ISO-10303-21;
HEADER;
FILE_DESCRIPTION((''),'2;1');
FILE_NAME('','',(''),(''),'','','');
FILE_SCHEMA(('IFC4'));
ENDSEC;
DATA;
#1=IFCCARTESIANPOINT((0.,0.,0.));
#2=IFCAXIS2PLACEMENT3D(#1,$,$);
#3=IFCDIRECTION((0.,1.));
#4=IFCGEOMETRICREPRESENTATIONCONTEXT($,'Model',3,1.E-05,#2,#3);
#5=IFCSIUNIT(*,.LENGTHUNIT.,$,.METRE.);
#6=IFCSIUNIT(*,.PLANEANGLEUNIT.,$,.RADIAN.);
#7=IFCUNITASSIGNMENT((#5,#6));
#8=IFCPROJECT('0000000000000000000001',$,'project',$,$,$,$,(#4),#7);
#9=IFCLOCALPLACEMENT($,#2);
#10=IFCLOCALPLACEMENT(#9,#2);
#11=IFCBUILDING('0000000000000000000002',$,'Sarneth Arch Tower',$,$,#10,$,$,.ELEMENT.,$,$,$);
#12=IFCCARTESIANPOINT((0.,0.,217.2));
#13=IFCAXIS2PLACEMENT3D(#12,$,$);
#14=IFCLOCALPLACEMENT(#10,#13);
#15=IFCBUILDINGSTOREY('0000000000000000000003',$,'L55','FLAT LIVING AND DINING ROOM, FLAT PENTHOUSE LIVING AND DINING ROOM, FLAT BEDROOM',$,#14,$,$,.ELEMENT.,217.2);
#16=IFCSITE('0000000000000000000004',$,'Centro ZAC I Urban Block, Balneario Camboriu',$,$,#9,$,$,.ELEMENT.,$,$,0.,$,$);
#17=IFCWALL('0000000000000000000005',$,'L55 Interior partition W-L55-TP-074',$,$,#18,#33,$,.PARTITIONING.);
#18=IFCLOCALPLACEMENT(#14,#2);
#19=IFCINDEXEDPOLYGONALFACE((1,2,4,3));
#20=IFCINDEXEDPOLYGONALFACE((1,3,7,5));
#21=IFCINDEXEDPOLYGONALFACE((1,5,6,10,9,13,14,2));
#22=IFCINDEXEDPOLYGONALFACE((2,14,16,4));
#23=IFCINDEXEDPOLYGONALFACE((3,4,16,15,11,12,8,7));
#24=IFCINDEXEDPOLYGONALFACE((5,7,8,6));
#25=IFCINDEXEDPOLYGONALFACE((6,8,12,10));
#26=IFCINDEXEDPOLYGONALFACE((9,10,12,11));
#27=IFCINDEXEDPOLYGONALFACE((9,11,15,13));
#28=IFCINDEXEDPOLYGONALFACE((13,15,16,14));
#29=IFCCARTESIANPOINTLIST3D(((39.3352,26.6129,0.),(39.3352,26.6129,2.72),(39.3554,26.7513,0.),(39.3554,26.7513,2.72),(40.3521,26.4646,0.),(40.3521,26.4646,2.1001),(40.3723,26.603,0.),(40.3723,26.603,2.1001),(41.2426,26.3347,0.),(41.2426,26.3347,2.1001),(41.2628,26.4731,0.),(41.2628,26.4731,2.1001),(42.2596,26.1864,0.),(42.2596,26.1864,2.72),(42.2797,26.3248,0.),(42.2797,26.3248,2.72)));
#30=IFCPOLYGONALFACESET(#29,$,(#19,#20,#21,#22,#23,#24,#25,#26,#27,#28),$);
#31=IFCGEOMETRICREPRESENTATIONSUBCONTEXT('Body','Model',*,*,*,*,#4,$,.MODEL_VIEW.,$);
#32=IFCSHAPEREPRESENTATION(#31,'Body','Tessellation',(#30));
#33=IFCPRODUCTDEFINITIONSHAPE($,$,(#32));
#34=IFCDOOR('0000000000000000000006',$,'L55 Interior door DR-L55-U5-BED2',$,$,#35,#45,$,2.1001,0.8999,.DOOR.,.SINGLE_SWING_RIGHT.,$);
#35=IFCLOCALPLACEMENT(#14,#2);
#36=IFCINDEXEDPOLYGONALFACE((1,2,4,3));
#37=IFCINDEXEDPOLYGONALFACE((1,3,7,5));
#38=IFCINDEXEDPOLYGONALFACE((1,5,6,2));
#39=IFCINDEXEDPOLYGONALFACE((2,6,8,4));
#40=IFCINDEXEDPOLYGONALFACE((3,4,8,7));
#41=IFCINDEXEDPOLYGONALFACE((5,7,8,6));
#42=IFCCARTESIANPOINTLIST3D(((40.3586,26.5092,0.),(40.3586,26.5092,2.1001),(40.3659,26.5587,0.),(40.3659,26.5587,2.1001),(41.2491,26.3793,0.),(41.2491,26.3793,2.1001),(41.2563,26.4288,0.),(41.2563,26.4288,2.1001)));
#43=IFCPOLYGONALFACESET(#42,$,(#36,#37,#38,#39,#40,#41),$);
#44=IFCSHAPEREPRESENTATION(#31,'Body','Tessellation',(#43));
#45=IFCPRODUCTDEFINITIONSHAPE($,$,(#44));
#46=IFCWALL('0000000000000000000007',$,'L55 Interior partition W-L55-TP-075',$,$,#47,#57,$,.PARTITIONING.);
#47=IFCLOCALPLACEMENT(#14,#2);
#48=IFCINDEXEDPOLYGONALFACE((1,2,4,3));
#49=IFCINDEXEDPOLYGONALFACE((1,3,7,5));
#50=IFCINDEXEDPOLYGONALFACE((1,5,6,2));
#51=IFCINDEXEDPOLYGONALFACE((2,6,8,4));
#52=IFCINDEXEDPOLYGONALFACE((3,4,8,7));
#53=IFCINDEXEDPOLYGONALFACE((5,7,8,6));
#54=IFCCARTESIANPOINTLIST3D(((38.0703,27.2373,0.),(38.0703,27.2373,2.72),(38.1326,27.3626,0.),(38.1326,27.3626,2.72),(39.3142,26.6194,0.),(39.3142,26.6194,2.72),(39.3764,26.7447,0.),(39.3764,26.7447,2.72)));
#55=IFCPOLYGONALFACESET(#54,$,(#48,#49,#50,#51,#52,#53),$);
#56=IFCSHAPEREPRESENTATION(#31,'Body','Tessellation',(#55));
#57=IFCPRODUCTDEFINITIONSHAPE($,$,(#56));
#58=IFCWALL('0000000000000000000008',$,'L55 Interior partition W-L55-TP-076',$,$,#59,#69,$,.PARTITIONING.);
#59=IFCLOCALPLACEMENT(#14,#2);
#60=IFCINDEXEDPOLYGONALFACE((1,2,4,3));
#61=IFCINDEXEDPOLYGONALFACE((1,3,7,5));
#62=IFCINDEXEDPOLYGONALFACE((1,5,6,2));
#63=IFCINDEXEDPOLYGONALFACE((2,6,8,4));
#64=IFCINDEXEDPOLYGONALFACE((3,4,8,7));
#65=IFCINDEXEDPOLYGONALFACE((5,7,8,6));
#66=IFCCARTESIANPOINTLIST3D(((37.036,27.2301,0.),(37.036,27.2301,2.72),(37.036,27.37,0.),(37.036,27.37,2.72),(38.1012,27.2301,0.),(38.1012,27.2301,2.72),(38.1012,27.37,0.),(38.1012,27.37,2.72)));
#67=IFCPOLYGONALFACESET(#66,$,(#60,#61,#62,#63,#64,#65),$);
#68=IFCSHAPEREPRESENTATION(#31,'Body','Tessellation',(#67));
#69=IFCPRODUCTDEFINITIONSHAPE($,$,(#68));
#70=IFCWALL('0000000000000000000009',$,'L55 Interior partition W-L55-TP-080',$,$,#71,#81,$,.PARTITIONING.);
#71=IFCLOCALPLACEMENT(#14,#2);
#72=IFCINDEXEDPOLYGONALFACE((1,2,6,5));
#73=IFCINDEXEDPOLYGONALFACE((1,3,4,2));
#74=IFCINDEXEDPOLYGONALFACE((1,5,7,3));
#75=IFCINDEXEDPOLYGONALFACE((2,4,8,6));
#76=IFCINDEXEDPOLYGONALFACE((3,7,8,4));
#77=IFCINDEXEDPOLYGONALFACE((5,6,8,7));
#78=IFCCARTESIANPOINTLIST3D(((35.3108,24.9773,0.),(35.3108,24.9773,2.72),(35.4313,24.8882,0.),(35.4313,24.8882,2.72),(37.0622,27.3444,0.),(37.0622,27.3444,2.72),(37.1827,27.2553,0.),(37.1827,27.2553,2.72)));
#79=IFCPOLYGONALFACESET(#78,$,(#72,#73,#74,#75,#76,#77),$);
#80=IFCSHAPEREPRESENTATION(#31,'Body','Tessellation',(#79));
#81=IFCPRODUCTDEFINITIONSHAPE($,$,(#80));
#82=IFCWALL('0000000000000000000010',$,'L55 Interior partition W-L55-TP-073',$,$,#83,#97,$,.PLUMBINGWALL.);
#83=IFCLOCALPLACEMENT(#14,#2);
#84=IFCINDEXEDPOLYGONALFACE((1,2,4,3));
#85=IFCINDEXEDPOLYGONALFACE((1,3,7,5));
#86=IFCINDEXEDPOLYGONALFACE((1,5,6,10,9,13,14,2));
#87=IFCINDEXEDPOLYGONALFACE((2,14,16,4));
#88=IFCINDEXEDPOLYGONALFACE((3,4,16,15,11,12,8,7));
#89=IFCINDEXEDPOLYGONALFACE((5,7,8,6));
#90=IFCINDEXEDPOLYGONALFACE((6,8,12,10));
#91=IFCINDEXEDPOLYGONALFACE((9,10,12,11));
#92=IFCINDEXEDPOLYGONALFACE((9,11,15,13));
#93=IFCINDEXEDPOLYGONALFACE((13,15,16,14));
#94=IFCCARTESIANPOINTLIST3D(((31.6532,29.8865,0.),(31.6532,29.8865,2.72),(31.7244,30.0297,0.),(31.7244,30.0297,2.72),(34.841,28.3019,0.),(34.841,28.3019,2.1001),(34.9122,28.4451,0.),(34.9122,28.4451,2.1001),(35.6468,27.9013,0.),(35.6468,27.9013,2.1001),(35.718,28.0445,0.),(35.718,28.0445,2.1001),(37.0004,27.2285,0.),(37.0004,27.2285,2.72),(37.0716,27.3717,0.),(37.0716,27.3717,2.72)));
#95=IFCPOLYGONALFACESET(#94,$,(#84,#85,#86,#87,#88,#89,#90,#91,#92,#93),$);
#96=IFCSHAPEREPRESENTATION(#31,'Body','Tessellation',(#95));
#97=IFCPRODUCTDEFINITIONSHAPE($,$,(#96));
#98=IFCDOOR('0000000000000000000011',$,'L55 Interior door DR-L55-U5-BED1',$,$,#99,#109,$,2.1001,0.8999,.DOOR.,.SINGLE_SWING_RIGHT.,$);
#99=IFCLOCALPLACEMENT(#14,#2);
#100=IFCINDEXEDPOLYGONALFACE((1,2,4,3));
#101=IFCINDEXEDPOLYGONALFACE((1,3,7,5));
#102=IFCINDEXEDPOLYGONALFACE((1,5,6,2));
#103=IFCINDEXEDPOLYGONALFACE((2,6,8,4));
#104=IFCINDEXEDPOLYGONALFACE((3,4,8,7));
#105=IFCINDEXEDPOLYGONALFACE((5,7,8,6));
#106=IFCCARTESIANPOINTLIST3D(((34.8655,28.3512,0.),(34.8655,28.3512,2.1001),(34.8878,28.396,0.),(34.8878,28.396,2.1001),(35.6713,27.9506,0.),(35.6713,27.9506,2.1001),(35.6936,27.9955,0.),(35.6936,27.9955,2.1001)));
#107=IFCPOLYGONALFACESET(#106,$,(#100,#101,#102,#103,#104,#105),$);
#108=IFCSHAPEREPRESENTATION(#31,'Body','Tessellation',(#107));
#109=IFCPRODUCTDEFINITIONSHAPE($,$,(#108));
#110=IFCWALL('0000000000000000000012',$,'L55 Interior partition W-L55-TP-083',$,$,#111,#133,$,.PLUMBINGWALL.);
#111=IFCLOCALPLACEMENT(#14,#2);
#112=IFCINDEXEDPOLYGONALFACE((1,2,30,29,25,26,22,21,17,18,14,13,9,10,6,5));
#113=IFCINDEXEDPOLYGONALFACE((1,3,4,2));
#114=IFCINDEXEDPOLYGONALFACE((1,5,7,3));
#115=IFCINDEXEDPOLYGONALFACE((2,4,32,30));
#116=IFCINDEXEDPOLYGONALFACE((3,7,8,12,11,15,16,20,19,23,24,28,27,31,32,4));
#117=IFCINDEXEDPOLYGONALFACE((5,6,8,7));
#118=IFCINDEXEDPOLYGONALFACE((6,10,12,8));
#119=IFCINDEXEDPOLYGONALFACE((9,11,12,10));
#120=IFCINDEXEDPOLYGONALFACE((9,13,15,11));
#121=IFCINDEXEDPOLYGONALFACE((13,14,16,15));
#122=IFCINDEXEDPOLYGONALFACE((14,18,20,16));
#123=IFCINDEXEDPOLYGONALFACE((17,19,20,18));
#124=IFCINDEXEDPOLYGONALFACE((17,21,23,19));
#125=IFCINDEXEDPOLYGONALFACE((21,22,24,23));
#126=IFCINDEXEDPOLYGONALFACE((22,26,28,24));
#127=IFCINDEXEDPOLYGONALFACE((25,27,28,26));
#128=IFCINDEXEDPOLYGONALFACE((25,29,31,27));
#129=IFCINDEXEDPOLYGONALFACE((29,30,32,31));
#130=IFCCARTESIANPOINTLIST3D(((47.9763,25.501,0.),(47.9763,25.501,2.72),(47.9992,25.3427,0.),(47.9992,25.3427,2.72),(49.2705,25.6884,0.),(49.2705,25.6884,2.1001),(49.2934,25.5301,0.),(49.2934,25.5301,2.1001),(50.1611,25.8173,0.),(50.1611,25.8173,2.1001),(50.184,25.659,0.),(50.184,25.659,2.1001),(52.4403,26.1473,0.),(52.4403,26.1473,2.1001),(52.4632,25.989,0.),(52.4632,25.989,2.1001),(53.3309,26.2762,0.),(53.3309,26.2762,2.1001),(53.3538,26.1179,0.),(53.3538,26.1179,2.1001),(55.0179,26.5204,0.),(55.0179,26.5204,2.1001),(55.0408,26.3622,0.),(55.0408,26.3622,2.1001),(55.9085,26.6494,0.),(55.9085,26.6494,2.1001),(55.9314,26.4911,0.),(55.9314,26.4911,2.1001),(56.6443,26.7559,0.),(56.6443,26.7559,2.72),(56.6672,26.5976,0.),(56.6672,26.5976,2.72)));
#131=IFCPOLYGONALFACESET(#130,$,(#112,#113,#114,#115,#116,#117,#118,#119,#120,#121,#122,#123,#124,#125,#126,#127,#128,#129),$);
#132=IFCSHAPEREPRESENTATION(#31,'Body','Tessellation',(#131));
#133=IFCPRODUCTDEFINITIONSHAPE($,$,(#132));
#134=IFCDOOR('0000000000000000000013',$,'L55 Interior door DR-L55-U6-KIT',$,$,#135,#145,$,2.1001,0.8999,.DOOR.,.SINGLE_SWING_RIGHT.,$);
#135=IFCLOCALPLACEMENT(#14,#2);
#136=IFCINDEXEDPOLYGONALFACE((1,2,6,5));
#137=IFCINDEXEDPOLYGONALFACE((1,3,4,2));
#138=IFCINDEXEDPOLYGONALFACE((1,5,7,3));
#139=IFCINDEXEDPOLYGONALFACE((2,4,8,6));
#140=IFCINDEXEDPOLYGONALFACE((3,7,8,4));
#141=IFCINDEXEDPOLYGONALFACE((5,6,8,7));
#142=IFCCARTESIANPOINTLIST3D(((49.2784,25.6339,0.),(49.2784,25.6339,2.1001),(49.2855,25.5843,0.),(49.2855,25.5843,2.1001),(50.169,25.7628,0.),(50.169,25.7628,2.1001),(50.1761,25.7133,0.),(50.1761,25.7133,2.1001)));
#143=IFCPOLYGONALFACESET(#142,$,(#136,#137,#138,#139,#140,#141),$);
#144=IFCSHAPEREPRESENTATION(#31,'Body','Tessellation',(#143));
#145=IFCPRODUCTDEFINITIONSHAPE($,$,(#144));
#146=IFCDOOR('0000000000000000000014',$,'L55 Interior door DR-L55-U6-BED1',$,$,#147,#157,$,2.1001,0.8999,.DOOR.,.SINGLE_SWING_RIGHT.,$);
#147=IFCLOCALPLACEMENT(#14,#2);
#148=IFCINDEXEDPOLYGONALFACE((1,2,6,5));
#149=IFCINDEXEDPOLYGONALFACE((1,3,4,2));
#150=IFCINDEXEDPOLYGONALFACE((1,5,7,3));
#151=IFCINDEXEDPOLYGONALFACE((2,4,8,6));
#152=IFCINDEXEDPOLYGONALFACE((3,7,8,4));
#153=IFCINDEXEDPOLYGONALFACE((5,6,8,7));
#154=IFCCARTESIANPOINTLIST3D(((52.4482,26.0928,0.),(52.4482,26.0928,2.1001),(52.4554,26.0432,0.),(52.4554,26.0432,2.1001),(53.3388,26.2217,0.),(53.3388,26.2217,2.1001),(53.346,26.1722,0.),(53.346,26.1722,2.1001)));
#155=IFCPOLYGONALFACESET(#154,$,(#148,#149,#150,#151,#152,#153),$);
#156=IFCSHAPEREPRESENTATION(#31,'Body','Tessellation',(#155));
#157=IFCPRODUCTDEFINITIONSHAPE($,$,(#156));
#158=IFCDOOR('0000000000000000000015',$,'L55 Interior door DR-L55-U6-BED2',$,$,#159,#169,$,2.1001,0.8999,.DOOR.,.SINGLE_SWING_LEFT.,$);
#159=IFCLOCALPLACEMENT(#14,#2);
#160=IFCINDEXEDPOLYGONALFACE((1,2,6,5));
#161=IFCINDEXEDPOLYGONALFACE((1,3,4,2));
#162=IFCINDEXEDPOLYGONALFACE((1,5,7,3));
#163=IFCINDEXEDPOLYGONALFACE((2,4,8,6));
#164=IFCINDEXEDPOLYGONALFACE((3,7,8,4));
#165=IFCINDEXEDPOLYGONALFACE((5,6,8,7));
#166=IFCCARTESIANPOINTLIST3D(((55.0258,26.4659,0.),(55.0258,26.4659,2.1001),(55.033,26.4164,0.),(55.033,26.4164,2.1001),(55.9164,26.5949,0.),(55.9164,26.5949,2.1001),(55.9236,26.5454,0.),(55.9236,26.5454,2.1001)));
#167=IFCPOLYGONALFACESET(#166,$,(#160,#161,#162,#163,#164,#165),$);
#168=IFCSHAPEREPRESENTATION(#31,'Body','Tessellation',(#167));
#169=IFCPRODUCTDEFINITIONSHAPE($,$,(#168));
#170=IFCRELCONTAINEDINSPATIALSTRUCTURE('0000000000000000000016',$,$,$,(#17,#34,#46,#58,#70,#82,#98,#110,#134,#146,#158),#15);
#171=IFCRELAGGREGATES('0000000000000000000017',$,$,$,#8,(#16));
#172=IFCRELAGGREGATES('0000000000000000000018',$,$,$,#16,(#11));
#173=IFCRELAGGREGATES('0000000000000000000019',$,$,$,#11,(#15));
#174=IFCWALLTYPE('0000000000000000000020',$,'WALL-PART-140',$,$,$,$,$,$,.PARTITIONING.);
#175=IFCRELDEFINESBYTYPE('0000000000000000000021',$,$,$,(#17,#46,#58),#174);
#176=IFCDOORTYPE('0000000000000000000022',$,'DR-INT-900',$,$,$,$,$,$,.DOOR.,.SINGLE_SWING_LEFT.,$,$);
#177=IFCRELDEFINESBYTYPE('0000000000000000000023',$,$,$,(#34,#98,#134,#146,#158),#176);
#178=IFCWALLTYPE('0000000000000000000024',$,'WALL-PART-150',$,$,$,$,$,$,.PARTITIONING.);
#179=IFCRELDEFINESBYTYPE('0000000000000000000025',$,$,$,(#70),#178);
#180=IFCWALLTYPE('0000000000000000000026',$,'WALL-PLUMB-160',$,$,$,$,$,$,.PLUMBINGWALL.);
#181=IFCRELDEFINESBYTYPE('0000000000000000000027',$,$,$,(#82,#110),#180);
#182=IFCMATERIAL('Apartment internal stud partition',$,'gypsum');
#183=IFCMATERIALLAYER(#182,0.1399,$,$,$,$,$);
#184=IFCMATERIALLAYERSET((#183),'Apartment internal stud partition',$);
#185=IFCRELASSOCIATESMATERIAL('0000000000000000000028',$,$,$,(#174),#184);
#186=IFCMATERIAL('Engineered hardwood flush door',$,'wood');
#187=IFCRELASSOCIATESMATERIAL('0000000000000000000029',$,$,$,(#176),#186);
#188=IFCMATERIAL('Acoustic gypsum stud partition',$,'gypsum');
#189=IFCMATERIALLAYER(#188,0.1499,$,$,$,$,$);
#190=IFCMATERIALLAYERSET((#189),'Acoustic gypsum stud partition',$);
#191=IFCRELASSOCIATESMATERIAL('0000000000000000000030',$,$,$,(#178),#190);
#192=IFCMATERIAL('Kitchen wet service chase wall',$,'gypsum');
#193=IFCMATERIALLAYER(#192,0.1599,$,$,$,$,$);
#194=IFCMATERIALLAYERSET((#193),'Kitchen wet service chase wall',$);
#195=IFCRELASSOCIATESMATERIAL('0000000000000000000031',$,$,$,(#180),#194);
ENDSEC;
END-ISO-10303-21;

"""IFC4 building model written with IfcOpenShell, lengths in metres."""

from ifc_helpers import new_model, si_unit, direction, frame, frame_2d, origin, place, context, subcontext, project, spatial, rectangle, extrude, material, layer, layer_set, type_object, element, fill, save


model = new_model("IFC4")

# Units and contexts
model_context = context("Model", 3, precision=1e-05, world=origin(), true_north=direction((0.0, 1.0)))
body_context = subcontext(model_context, "Body", "Model", "MODEL_VIEW")
ifc_project = project(units=[si_unit("LENGTHUNIT", "METRE"), si_unit("PLANEANGLEUNIT", "RADIAN")], contexts=[model_context])

# Site, building, storey
site_placement = place(None, origin())
site = spatial("IfcSite", under=ifc_project, at=site_placement, Name="Centro ZAC I Urban Block, Balneario Camboriu", CompositionType="ELEMENT", RefElevation=0.0)
building_placement = place(site_placement, origin())
building = spatial("IfcBuilding", under=site, at=building_placement, Name="Sarneth Arch Tower", CompositionType="ELEMENT")
storey_placement = place(building_placement, frame((0.0, 0.0, 217.2)))
storey = spatial("IfcBuildingStorey", under=building, at=storey_placement, Name="L55", Description="FLAT LIVING AND DINING ROOM, FLAT PENTHOUSE LIVING AND DINING ROOM, FLAT BEDROOM", CompositionType="ELEMENT", Elevation=217.2)

# Wall, opening, door
ifc_material_1 = material(Name="Apartment internal stud partition", Category="gypsum")
ifc_layer_1 = layer(ifc_material_1, 0.1399)
ifc_layer_set_1 = layer_set([ifc_layer_1], Name="Apartment internal stud partition")
wall_type_1 = type_object("IfcWallType", Name="WALL-PART-140", PredefinedType="PARTITIONING", material=ifc_layer_set_1)
wall_1_placement = place(storey_placement, frame((42.2695, 26.2556, 0.0), z_axis=(0.0, 0.0, 1.0), x_axis=(-0.989531, 0.144324, 0.0)))
wall_1 = element("IfcWall", 1, at=wall_1_placement, inside=storey, type_object=wall_type_1, Name="L55 Interior partition W-L55-TP-074", PredefinedType="PARTITIONING", context=body_context, shape_type="SweptSolid", body=[
    extrude(rectangle(XDim=2.9553, YDim=0.1399, at=frame_2d((1.4775, 0.0))), origin(), (0.0, 0.0, 1.0), 2.72),
])
opening_1_placement = place(wall_1_placement, frame((1.0276, 0.0, 0.0)))
opening_1 = element("IfcOpeningElement", 2, at=opening_1_placement, cuts=wall_1, PredefinedType="OPENING", context=body_context, shape_type="SweptSolid", body=[
    extrude(rectangle(XDim=0.8999, YDim=2.1001, at=frame_2d((0.45, 1.05))), frame((0.0, 0.0798, 0.0), z_axis=(0.0, -1.0, 0.0), x_axis=(1.0, 0.0, 0.0)), (0.0, 0.0, 1.0), 0.1599),
])
ifc_material_2 = material(Name="Engineered hardwood flush door", Category="wood")
door_type_1 = type_object("IfcDoorType", Name="DR-INT-900", OperationType="SINGLE_SWING_LEFT", PredefinedType="DOOR", material=ifc_material_2)
door_1_placement = place(opening_1_placement, origin())
door_1 = element("IfcDoor", 3, at=door_1_placement, inside=storey, type_object=door_type_1, Name="L55 Interior door DR-L55-U5-BED2", OperationType="SINGLE_SWING_RIGHT", OverallHeight=2.1001, OverallWidth=0.8999, PredefinedType="DOOR", context=body_context, shape_type="SweptSolid", body=[
    extrude(rectangle(XDim=0.8999, YDim=2.1001, at=frame_2d((0.45, 1.05))), frame((0.0, 0.0249, 0.0), z_axis=(0.0, -1.0, 0.0), x_axis=(1.0, 0.0, 0.0)), (0.0, 0.0, 1.0), 0.05),
])
fill(opening_1, door_1)

# Walls
wall_2_placement = place(storey_placement, frame((39.3452, 26.6821, 0.0), z_axis=(0.0, 0.0, 1.0), x_axis=(-0.895584, 0.444892, 0.0)))
element("IfcWall", 4, at=wall_2_placement, inside=storey, type_object=wall_type_1, Name="L55 Interior partition W-L55-TP-075", PredefinedType="PARTITIONING", context=body_context, shape_type="SweptSolid", body=[
    extrude(rectangle(XDim=1.3889, YDim=0.1399, at=frame_2d((0.6943, 0.0))), origin(), (0.0, 0.0, 1.0), 2.72),
])
wall_3_placement = place(storey_placement, frame((38.1013, 27.3, 0.0), z_axis=(0.0, 0.0, 1.0), x_axis=(-1.0, 0.0, 0.0)))
element("IfcWall", 5, at=wall_3_placement, inside=storey, type_object=wall_type_1, Name="L55 Interior partition W-L55-TP-076", PredefinedType="PARTITIONING", context=body_context, shape_type="SweptSolid", body=[
    extrude(rectangle(XDim=1.0652, YDim=0.1399, at=frame_2d((0.5327, 0.0))), origin(), (0.0, 0.0, 1.0), 2.72),
])
ifc_material_3 = material(Name="Acoustic gypsum stud partition", Category="gypsum")
ifc_layer_2 = layer(ifc_material_3, 0.1499)
ifc_layer_set_2 = layer_set([ifc_layer_2], Name="Acoustic gypsum stud partition")
wall_type_2 = type_object("IfcWallType", Name="WALL-PART-150", PredefinedType="PARTITIONING", material=ifc_layer_set_2)
wall_4_placement = place(storey_placement, frame((35.3711, 24.9329, 0.0), z_axis=(0.0, 0.0, 1.0), x_axis=(0.594787, 0.803883, 0.0)))
element("IfcWall", 6, at=wall_4_placement, inside=storey, type_object=wall_type_2, Name="L55 Interior partition W-L55-TP-080", PredefinedType="PARTITIONING", context=body_context, shape_type="SweptSolid", body=[
    extrude(rectangle(XDim=2.9446, YDim=0.1499, at=frame_2d((1.4722, 0.0))), origin(), (0.0, 0.0, 1.0), 2.72),
])

# Wall, opening, door
ifc_material_4 = material(Name="Kitchen wet service chase wall", Category="gypsum")
ifc_layer_3 = layer(ifc_material_4, 0.1599)
ifc_layer_set_3 = layer_set([ifc_layer_3], Name="Kitchen wet service chase wall")
wall_type_3 = type_object("IfcWallType", Name="WALL-PLUMB-160", PredefinedType="PLUMBINGWALL", material=ifc_layer_set_3)
wall_5_placement = place(storey_placement, frame((37.0361, 27.3, 0.0), z_axis=(0.0, 0.0, 1.0), x_axis=(-0.895471, 0.445119, 0.0)))
wall_5 = element("IfcWall", 7, at=wall_5_placement, inside=storey, type_object=wall_type_3, Name="L55 Interior partition W-L55-TP-073", PredefinedType="PLUMBINGWALL", context=body_context, shape_type="SweptSolid", body=[
    extrude(rectangle(XDim=5.9714, YDim=0.1599, at=frame_2d((2.9858, 0.0))), origin(), (0.0, 0.0, 1.0), 2.72),
])
opening_2_placement = place(wall_5_placement, frame((1.5117, 0.0, 0.0)))
opening_2 = element("IfcOpeningElement", 8, at=opening_2_placement, cuts=wall_5, PredefinedType="OPENING", context=body_context, shape_type="SweptSolid", body=[
    extrude(rectangle(XDim=0.8999, YDim=2.1001, at=frame_2d((0.45, 1.05))), frame((0.0, 0.0898, 0.0), z_axis=(0.0, -1.0, 0.0), x_axis=(1.0, 0.0, 0.0)), (0.0, 0.0, 1.0), 0.1799),
])
door_2_placement = place(opening_2_placement, origin())
door_2 = element("IfcDoor", 9, at=door_2_placement, inside=storey, type_object=door_type_1, Name="L55 Interior door DR-L55-U5-BED1", OperationType="SINGLE_SWING_RIGHT", OverallHeight=2.1001, OverallWidth=0.8999, PredefinedType="DOOR", context=body_context, shape_type="SweptSolid", body=[
    extrude(rectangle(XDim=0.8999, YDim=2.1001, at=frame_2d((0.45, 1.05))), frame((0.0, 0.0249, 0.0), z_axis=(0.0, -1.0, 0.0), x_axis=(1.0, 0.0, 0.0)), (0.0, 0.0, 1.0), 0.05),
])
fill(opening_2, door_2)

# Wall, openings, doors
wall_6_placement = place(storey_placement, frame((47.9878, 25.4219, 0.0), z_axis=(0.0, 0.0, 1.0), x_axis=(0.989682, 0.143279, 0.0)))
wall_6 = element("IfcWall", 10, at=wall_6_placement, inside=storey, type_object=wall_type_3, Name="L55 Interior partition W-L55-TP-083", PredefinedType="PLUMBINGWALL", context=body_context, shape_type="SweptSolid", body=[
    extrude(rectangle(XDim=8.7583, YDim=0.1599, at=frame_2d((4.3792, 0.0))), origin(), (0.0, 0.0, 1.0), 2.72),
])
opening_3_placement = place(wall_6_placement, frame((1.3076, 0.0, 0.0)))
opening_3 = element("IfcOpeningElement", 11, at=opening_3_placement, cuts=wall_6, PredefinedType="OPENING", context=body_context, shape_type="SweptSolid", body=[
    extrude(rectangle(XDim=0.8999, YDim=2.1001, at=frame_2d((0.45, 1.05))), frame((0.0, 0.0898, 0.0), z_axis=(0.0, -1.0, 0.0), x_axis=(1.0, 0.0, 0.0)), (0.0, 0.0, 1.0), 0.1799),
])
opening_4_placement = place(wall_6_placement, frame((4.5105, 0.0, 0.0)))
opening_4 = element("IfcOpeningElement", 12, at=opening_4_placement, cuts=wall_6, PredefinedType="OPENING", context=body_context, shape_type="SweptSolid", body=[
    extrude(rectangle(XDim=0.8999, YDim=2.1001, at=frame_2d((0.45, 1.05))), frame((0.0, 0.0898, 0.0), z_axis=(0.0, -1.0, 0.0), x_axis=(1.0, 0.0, 0.0)), (0.0, 0.0, 1.0), 0.1799),
])
opening_5_placement = place(wall_6_placement, frame((7.115, 0.0, 0.0)))
opening_5 = element("IfcOpeningElement", 13, at=opening_5_placement, cuts=wall_6, PredefinedType="OPENING", context=body_context, shape_type="SweptSolid", body=[
    extrude(rectangle(XDim=0.8999, YDim=2.1001, at=frame_2d((0.45, 1.05))), frame((0.0, 0.0898, 0.0), z_axis=(0.0, -1.0, 0.0), x_axis=(1.0, 0.0, 0.0)), (0.0, 0.0, 1.0), 0.1799),
])
door_3_placement = place(opening_3_placement, origin())
door_3 = element("IfcDoor", 14, at=door_3_placement, inside=storey, type_object=door_type_1, Name="L55 Interior door DR-L55-U6-KIT", OperationType="SINGLE_SWING_RIGHT", OverallHeight=2.1001, OverallWidth=0.8999, PredefinedType="DOOR", context=body_context, shape_type="SweptSolid", body=[
    extrude(rectangle(XDim=0.8999, YDim=2.1001, at=frame_2d((0.45, 1.05))), frame((0.0, 0.0249, 0.0), z_axis=(0.0, -1.0, 0.0), x_axis=(1.0, 0.0, 0.0)), (0.0, 0.0, 1.0), 0.05),
])
fill(opening_3, door_3)
door_4_placement = place(opening_4_placement, origin())
door_4 = element("IfcDoor", 15, at=door_4_placement, inside=storey, type_object=door_type_1, Name="L55 Interior door DR-L55-U6-BED1", OperationType="SINGLE_SWING_RIGHT", OverallHeight=2.1001, OverallWidth=0.8999, PredefinedType="DOOR", context=body_context, shape_type="SweptSolid", body=[
    extrude(rectangle(XDim=0.8999, YDim=2.1001, at=frame_2d((0.45, 1.05))), frame((0.0, 0.0249, 0.0), z_axis=(0.0, -1.0, 0.0), x_axis=(1.0, 0.0, 0.0)), (0.0, 0.0, 1.0), 0.05),
])
fill(opening_4, door_4)
door_5_placement = place(opening_5_placement, origin())
door_5 = element("IfcDoor", 16, at=door_5_placement, inside=storey, type_object=door_type_1, Name="L55 Interior door DR-L55-U6-BED2", OperationType="SINGLE_SWING_LEFT", OverallHeight=2.1001, OverallWidth=0.8999, PredefinedType="DOOR", context=body_context, shape_type="SweptSolid", body=[
    extrude(rectangle(XDim=0.8999, YDim=2.1001, at=frame_2d((0.45, 1.05))), frame((0.0, 0.0249, 0.0), z_axis=(0.0, -1.0, 0.0), x_axis=(1.0, 0.0, 0.0)), (0.0, 0.0, 1.0), 0.05),
])
fill(opening_5, door_5)

save(model, "model.ifc")
